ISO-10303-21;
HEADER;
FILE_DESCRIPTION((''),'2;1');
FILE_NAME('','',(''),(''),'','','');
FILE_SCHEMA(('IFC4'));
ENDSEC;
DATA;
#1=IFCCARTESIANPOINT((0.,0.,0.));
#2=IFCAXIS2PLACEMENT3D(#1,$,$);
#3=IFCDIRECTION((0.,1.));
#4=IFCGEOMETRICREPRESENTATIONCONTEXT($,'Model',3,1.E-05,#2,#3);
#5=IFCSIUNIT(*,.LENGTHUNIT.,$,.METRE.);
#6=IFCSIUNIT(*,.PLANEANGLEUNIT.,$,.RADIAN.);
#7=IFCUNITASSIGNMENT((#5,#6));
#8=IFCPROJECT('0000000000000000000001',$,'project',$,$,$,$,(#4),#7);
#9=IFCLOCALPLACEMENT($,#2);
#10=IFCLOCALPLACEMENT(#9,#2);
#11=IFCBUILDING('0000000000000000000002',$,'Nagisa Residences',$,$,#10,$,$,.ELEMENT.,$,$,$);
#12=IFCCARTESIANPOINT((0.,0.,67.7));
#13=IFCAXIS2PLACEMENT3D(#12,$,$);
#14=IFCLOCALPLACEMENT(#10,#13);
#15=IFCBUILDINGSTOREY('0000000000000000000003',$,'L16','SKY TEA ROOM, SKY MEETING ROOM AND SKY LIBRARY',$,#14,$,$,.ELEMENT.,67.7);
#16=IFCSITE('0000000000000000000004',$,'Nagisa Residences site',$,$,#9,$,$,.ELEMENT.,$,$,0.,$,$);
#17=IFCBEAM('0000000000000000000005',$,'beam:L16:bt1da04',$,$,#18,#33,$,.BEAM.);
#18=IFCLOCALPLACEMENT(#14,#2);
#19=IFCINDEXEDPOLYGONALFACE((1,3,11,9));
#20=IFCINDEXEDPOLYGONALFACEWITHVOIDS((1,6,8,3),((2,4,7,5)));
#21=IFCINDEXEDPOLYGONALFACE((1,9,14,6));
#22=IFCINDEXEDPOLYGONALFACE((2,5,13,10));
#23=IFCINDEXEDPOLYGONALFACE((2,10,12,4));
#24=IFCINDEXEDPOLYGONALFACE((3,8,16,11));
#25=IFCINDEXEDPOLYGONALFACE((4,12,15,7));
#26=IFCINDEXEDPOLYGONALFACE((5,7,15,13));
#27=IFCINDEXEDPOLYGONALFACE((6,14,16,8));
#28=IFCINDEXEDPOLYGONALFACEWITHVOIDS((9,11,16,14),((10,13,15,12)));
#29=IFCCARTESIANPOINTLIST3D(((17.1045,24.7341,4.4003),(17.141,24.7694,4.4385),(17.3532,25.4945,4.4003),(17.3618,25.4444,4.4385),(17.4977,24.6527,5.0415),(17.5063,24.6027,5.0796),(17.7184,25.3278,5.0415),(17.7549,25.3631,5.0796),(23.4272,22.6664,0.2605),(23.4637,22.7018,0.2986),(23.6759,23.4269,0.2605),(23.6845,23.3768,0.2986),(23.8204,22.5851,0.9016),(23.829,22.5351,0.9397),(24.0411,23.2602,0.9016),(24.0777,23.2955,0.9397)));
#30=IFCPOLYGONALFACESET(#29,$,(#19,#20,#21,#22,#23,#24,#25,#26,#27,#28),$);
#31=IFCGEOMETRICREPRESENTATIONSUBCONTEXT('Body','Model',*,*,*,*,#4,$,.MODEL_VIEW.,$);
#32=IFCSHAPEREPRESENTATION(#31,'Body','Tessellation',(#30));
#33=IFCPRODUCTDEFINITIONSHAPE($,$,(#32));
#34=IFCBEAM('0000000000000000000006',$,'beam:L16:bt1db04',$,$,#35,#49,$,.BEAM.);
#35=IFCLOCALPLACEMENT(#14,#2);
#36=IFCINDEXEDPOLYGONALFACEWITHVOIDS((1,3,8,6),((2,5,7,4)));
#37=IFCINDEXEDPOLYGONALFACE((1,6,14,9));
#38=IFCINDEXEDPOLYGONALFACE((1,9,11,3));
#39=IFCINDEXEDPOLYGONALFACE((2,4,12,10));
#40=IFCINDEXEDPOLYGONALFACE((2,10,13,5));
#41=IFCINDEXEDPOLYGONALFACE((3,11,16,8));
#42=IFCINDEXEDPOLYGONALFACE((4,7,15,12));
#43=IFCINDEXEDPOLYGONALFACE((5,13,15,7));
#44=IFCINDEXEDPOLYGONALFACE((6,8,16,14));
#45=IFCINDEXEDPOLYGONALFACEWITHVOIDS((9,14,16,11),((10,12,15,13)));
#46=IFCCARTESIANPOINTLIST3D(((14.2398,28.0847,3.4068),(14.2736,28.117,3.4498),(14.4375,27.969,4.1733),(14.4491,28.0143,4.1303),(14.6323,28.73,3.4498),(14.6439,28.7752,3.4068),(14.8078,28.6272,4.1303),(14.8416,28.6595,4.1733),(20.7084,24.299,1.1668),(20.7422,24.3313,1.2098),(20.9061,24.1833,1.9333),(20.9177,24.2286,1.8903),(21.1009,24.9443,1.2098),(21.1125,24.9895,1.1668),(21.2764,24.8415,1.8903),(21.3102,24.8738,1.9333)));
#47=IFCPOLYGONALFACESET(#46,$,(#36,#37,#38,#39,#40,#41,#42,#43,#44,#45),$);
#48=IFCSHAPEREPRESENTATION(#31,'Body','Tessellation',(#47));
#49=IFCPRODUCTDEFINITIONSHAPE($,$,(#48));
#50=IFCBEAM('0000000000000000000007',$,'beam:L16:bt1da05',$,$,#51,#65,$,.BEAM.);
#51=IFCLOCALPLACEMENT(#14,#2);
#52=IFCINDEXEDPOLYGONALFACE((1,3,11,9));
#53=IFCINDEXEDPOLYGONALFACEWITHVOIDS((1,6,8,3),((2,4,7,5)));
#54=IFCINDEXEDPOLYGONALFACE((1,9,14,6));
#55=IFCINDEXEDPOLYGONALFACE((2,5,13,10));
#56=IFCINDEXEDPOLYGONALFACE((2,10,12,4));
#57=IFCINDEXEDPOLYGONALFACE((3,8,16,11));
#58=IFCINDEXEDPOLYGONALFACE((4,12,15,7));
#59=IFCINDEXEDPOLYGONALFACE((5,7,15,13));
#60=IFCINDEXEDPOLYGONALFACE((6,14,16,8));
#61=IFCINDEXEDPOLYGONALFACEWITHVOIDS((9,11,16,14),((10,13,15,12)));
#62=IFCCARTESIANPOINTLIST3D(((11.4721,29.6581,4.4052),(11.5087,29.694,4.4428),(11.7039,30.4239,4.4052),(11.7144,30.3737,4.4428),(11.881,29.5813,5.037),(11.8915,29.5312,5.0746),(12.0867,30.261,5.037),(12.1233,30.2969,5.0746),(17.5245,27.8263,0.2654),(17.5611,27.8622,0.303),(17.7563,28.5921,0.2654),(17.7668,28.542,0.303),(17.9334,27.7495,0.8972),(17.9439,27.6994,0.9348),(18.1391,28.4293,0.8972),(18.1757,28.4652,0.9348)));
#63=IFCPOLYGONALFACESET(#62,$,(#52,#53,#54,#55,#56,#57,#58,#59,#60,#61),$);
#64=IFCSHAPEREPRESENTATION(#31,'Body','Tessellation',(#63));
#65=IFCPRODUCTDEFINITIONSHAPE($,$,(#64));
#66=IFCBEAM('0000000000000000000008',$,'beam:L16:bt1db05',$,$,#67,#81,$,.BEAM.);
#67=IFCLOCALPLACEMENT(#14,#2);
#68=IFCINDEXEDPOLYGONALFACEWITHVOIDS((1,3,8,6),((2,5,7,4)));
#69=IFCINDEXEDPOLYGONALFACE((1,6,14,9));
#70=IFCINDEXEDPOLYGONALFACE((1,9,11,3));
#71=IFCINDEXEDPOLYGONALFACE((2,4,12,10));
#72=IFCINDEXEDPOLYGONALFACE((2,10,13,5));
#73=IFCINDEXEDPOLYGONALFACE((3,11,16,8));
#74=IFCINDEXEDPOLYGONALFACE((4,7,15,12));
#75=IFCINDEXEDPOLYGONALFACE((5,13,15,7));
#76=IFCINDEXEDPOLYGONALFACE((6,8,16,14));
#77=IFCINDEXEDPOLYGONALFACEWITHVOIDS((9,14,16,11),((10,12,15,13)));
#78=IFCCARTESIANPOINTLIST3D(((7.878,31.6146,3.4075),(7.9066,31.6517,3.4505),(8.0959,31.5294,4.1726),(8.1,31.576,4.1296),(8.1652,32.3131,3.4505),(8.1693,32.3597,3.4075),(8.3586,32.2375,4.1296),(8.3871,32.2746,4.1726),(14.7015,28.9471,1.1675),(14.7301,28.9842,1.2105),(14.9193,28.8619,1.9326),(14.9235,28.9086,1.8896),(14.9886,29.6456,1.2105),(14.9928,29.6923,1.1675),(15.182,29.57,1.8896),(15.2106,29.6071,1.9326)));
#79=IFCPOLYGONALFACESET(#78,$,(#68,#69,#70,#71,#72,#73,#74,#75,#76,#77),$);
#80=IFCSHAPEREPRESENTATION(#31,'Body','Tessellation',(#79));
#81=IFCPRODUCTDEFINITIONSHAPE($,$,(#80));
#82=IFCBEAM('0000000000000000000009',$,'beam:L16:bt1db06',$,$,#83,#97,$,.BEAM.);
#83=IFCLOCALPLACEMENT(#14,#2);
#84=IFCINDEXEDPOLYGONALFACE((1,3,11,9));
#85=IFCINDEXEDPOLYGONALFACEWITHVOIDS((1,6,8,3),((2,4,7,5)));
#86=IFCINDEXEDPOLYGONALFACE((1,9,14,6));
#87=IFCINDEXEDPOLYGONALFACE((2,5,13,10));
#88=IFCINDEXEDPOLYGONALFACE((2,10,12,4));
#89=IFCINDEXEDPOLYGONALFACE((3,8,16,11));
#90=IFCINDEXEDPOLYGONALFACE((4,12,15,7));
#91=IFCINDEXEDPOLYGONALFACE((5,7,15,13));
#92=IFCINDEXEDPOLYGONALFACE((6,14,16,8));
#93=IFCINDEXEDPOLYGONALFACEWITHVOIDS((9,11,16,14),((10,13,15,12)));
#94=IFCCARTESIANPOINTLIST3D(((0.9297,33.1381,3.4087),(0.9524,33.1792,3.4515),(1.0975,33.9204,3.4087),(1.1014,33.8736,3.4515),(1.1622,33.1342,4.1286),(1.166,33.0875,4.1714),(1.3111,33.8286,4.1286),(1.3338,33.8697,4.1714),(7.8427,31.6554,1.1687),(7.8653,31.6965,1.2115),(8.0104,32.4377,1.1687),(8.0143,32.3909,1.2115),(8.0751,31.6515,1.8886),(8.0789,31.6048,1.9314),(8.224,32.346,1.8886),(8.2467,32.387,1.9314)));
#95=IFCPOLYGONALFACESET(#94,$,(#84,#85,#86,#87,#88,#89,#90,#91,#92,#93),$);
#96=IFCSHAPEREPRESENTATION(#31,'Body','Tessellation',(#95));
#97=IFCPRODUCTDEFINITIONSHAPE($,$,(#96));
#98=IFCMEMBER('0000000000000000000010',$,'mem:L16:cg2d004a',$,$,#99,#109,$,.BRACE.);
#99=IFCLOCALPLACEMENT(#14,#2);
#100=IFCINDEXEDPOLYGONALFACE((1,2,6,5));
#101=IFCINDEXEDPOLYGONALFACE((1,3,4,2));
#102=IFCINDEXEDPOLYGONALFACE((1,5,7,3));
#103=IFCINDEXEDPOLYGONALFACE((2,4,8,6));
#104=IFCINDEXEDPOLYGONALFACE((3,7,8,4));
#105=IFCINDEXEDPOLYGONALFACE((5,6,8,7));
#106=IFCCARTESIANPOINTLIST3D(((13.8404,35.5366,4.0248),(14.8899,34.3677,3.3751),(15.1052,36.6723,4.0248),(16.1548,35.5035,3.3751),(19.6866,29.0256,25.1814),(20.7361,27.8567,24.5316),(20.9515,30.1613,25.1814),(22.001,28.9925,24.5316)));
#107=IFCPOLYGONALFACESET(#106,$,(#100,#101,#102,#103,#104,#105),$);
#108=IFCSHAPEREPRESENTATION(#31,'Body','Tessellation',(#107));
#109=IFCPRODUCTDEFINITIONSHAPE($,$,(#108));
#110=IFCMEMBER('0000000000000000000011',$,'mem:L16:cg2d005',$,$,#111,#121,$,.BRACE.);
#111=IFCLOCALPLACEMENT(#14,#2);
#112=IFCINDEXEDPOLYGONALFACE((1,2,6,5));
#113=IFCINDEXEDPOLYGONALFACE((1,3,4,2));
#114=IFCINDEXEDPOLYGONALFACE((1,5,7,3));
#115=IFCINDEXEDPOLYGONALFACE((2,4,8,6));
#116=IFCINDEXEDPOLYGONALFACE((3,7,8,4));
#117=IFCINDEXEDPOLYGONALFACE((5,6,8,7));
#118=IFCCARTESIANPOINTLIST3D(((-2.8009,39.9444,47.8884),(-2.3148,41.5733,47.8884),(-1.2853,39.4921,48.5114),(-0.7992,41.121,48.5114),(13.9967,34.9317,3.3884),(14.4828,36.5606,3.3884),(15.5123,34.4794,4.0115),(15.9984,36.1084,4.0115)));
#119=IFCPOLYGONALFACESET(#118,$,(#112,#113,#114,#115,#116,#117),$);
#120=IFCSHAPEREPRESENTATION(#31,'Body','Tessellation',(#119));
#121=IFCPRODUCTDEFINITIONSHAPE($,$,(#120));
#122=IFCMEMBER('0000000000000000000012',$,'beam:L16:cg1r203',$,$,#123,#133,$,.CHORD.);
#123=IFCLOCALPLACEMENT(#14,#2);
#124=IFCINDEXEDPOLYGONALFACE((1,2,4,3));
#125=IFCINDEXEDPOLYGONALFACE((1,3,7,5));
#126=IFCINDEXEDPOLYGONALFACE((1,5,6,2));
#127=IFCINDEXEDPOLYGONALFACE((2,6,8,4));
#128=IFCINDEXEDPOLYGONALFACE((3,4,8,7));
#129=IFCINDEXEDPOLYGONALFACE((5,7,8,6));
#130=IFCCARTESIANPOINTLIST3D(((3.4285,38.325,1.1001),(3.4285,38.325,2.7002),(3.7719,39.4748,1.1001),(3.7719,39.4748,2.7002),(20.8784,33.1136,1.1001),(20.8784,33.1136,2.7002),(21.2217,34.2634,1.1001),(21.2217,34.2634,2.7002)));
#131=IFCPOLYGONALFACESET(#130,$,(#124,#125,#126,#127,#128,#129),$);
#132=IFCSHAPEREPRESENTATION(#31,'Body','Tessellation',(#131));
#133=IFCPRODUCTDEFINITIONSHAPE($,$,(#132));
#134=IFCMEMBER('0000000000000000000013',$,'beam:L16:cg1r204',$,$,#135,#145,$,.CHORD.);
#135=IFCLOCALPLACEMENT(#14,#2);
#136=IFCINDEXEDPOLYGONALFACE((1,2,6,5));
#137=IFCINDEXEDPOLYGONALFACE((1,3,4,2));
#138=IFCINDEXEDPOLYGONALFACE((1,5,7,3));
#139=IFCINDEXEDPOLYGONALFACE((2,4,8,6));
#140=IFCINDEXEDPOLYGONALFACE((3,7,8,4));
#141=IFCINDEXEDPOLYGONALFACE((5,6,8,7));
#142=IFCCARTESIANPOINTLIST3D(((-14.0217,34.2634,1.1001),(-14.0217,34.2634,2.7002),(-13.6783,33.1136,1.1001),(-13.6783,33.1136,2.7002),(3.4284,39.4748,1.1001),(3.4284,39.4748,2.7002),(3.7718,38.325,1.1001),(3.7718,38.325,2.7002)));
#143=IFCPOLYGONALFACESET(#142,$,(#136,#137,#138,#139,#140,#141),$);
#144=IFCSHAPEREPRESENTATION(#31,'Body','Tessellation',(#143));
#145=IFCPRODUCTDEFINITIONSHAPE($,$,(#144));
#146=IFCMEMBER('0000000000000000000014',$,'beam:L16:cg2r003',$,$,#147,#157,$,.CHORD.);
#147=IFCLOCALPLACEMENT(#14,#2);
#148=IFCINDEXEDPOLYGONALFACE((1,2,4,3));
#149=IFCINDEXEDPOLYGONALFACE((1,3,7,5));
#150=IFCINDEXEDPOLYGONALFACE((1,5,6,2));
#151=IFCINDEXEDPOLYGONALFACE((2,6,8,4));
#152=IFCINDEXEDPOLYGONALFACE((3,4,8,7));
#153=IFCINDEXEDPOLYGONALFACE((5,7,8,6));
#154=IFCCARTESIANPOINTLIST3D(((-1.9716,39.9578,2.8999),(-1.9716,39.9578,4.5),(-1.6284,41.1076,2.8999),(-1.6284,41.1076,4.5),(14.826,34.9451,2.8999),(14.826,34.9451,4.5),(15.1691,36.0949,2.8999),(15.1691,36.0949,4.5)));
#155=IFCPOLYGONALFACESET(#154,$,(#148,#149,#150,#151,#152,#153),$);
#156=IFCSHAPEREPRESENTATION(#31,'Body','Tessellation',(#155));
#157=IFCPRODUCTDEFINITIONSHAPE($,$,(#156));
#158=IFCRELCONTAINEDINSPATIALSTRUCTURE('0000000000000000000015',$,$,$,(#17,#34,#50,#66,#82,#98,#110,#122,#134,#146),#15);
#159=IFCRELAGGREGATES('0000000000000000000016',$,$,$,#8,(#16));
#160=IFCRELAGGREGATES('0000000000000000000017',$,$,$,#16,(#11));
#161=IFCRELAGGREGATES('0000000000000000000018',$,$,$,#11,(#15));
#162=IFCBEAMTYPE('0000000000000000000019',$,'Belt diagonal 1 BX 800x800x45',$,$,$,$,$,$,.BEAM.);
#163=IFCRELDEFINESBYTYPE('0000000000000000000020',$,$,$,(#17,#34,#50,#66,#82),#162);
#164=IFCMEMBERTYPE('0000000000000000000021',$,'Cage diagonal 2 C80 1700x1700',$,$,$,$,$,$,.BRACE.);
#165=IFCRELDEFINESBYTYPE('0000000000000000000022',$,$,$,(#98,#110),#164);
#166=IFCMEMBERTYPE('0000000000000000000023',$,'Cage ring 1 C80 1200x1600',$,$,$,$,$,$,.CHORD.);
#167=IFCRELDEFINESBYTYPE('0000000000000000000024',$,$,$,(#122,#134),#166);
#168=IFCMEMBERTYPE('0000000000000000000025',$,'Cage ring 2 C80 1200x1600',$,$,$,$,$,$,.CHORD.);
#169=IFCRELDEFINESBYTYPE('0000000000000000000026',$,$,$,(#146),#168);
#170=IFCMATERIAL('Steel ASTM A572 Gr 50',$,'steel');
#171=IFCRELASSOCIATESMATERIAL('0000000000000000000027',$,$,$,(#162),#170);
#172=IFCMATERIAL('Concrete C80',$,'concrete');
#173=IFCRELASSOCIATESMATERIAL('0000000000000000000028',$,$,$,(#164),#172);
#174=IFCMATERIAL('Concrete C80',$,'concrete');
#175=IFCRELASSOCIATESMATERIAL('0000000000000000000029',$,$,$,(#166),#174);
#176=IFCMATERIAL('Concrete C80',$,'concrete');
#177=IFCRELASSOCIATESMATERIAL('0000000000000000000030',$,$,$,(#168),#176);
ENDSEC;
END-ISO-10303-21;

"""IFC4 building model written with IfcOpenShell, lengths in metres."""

from ifc_helpers import new_model, si_unit, direction, frame, origin, origin_2d, place, context, subcontext, project, spatial, rectangle, hollow_rectangle, extrude, material, material_profile, profile_set, type_object, element, save


model = new_model("IFC4")

# Units and contexts
model_context = context("Model", 3, precision=1e-05, world=origin(), true_north=direction((0.0, 1.0)))
body_context = subcontext(model_context, "Body", "Model", "MODEL_VIEW")
ifc_project = project(units=[si_unit("LENGTHUNIT", "METRE"), si_unit("PLANEANGLEUNIT", "RADIAN")], contexts=[model_context])

# Site, building, storey
site_placement = place(None, origin())
site = spatial("IfcSite", under=ifc_project, at=site_placement, Name="Nagisa Residences site", CompositionType="ELEMENT", RefElevation=0.0)
building_placement = place(site_placement, origin())
building = spatial("IfcBuilding", under=site, at=building_placement, Name="Nagisa Residences", CompositionType="ELEMENT")
storey_placement = place(building_placement, frame((0.0, 0.0, 67.7)))
storey = spatial("IfcBuildingStorey", under=building, at=storey_placement, Name="L16", Description="SKY TEA ROOM, SKY MEETING ROOM AND SKY LIBRARY", CompositionType="ELEMENT", Elevation=67.7)

# Beams
ifc_material_1 = material(Name="Steel ASTM A572 Gr 50", Category="steel")
ifc_material_profile_1 = material_profile(ifc_material_1, hollow_rectangle(XDim=0.8, YDim=0.8, WallThickness=0.0449, at=origin_2d()), Name="BX 800x800x45")
ifc_profile_set_1 = profile_set([ifc_material_profile_1], Name="Steel ASTM A572 Gr 50")
beam_type = type_object("IfcBeamType", Name="Belt diagonal 1 BX 800x800x45", PredefinedType="BEAM", material=ifc_profile_set_1)
beam_1_placement = place(storey_placement, frame((23.7524, 22.981, 0.6001), z_axis=(-0.806964, 0.263888, 0.528368), x_axis=(-0.310817, -0.95047, 0.0)))
element("IfcBeam", 1, at=beam_1_placement, inside=storey, type_object=beam_type, Name="beam:L16:bt1da04", PredefinedType="BEAM", context=body_context, shape_type="SweptSolid", body=[
    extrude(hollow_rectangle(XDim=0.8, YDim=0.8, WallThickness=0.0449, at=origin_2d()), origin(), (0.0, 0.0, 1.0), 7.8352),
])
beam_2_placement = place(storey_placement, frame((21.0093, 24.5864, 1.55), z_axis=(-0.826919, 0.483948, 0.286355), x_axis=(-0.5051, -0.863061, 0.0)))
element("IfcBeam", 2, at=beam_2_placement, inside=storey, type_object=beam_type, Name="beam:L16:bt1db04", PredefinedType="BEAM", context=body_context, shape_type="SweptSolid", body=[
    extrude(hollow_rectangle(XDim=0.8, YDim=0.8, WallThickness=0.0449, at=origin_2d()), origin(), (0.0, 0.0, 1.0), 7.8225),
])
beam_3_placement = place(storey_placement, frame((17.8501, 28.1458, 0.6001), z_axis=(-0.800782, 0.242357, 0.547733), x_axis=(-0.289674, -0.957125, 0.0)))
element("IfcBeam", 3, at=beam_3_placement, inside=storey, type_object=beam_type, Name="beam:L16:bt1da05", PredefinedType="BEAM", context=body_context, shape_type="SweptSolid", body=[
    extrude(hollow_rectangle(XDim=0.8, YDim=0.8, WallThickness=0.0449, at=origin_2d()), origin(), (0.0, 0.0, 1.0), 7.5581),
])
beam_4_placement = place(storey_placement, frame((14.9561, 29.2771, 1.55), z_axis=(-0.890663, 0.348184, 0.292384), x_axis=(-0.364094, -0.931362, 0.0)))
element("IfcBeam", 4, at=beam_4_placement, inside=storey, type_object=beam_type, Name="beam:L16:bt1db05", PredefinedType="BEAM", context=body_context, shape_type="SweptSolid", body=[
    extrude(hollow_rectangle(XDim=0.8, YDim=0.8, WallThickness=0.0449, at=origin_2d()), origin(), (0.0, 0.0, 1.0), 7.6611),
])
beam_5_placement = place(storey_placement, frame((8.0447, 32.0212, 1.55), z_axis=(-0.9321, 0.199917, 0.302031), x_axis=(-0.209711, -0.977763, 0.0)))
element("IfcBeam", 5, at=beam_5_placement, inside=storey, type_object=beam_type, Name="beam:L16:bt1db06", PredefinedType="BEAM", context=body_context, shape_type="SweptSolid", body=[
    extrude(hollow_rectangle(XDim=0.8, YDim=0.8, WallThickness=0.0449, at=origin_2d()), origin(), (0.0, 0.0, 1.0), 7.4165),
])

# Members
ifc_material_2 = material(Name="Concrete C80", Category="concrete")
ifc_material_profile_2 = material_profile(ifc_material_2, rectangle(XDim=1.7, YDim=1.7, at=origin_2d()), Name="C80 1700x1700")
ifc_profile_set_2 = profile_set([ifc_material_profile_2], Name="Concrete C80")
member_type_1 = type_object("IfcMemberType", Name="Cage diagonal 2 C80 1700x1700", PredefinedType="BRACE", material=ifc_profile_set_2)
member_1_placement = place(storey_placement, frame((14.9976, 35.52, 3.7), z_axis=(0.255351, -0.284388, 0.924077), x_axis=(0.744072, 0.6681, 0.0)))
element("IfcMember", 6, at=member_1_placement, inside=storey, type_object=member_type_1, Name="mem:L16:cg2d004a", PredefinedType="BRACE", context=body_context, shape_type="SweptSolid", body=[
    extrude(rectangle(XDim=1.7, YDim=1.7, at=origin_2d()), origin(), (0.0, 0.0, 1.0), 22.8948),
])
member_2_placement = place(storey_placement, frame((14.9976, 35.52, 3.7), z_axis=(-0.351207, 0.104806, 0.930413), x_axis=(-0.285956, -0.958243, 0.0)))
element("IfcMember", 7, at=member_2_placement, inside=storey, type_object=member_type_1, Name="mem:L16:cg2d005", PredefinedType="BRACE", context=body_context, shape_type="SweptSolid", body=[
    extrude(rectangle(XDim=1.7, YDim=1.7, at=origin_2d()), origin(), (0.0, 0.0, 1.0), 47.8281),
])
ifc_material_3 = material(Name="Concrete C80", Category="concrete")
ifc_material_profile_3 = material_profile(ifc_material_3, rectangle(XDim=1.2, YDim=1.6001, at=origin_2d()), Name="C80 1200x1600")
ifc_profile_set_3 = profile_set([ifc_material_profile_3], Name="Concrete C80")
member_type_2 = type_object("IfcMemberType", Name="Cage ring 1 C80 1200x1600", PredefinedType="CHORD", material=ifc_profile_set_3)
member_3_placement = place(storey_placement, frame((21.05, 33.6885, 1.9001), z_axis=(-0.958182, 0.286161, 0.0), x_axis=(-0.286161, -0.958182, 0.0)))
element("IfcMember", 8, at=member_3_placement, inside=storey, type_object=member_type_2, Name="beam:L16:cg1r203", PredefinedType="CHORD", context=body_context, shape_type="SweptSolid", body=[
    extrude(rectangle(XDim=1.2, YDim=1.6001, at=origin_2d()), origin(), (0.0, 0.0, 1.0), 18.2114),
])
member_4_placement = place(storey_placement, frame((3.6001, 38.8999, 1.9001), z_axis=(-0.958183, -0.286157, 0.0), x_axis=(0.286157, -0.958183, 0.0)))
element("IfcMember", 9, at=member_4_placement, inside=storey, type_object=member_type_2, Name="beam:L16:cg1r204", PredefinedType="CHORD", context=body_context, shape_type="SweptSolid", body=[
    extrude(rectangle(XDim=1.2, YDim=1.6001, at=origin_2d()), origin(), (0.0, 0.0, 1.0), 18.2117),
])
ifc_material_4 = material(Name="Concrete C80", Category="concrete")
ifc_material_profile_4 = material_profile(ifc_material_4, rectangle(XDim=1.2, YDim=1.6001, at=origin_2d()), Name="C80 1200x1600")
ifc_profile_set_4 = profile_set([ifc_material_profile_4], Name="Concrete C80")
member_type_3 = type_object("IfcMemberType", Name="Cage ring 2 C80 1200x1600", PredefinedType="CHORD", material=ifc_profile_set_4)
member_5_placement = place(storey_placement, frame((14.9976, 35.52, 3.7), z_axis=(-0.958243, 0.285956, 0.0), x_axis=(-0.285956, -0.958243, 0.0)))
element("IfcMember", 10, at=member_5_placement, inside=storey, type_object=member_type_3, Name="beam:L16:cg2r003", PredefinedType="CHORD", context=body_context, shape_type="SweptSolid", body=[
    extrude(rectangle(XDim=1.2, YDim=1.6001, at=origin_2d()), origin(), (0.0, 0.0, 1.0), 17.5295),
])

save(model, "model.ifc")
